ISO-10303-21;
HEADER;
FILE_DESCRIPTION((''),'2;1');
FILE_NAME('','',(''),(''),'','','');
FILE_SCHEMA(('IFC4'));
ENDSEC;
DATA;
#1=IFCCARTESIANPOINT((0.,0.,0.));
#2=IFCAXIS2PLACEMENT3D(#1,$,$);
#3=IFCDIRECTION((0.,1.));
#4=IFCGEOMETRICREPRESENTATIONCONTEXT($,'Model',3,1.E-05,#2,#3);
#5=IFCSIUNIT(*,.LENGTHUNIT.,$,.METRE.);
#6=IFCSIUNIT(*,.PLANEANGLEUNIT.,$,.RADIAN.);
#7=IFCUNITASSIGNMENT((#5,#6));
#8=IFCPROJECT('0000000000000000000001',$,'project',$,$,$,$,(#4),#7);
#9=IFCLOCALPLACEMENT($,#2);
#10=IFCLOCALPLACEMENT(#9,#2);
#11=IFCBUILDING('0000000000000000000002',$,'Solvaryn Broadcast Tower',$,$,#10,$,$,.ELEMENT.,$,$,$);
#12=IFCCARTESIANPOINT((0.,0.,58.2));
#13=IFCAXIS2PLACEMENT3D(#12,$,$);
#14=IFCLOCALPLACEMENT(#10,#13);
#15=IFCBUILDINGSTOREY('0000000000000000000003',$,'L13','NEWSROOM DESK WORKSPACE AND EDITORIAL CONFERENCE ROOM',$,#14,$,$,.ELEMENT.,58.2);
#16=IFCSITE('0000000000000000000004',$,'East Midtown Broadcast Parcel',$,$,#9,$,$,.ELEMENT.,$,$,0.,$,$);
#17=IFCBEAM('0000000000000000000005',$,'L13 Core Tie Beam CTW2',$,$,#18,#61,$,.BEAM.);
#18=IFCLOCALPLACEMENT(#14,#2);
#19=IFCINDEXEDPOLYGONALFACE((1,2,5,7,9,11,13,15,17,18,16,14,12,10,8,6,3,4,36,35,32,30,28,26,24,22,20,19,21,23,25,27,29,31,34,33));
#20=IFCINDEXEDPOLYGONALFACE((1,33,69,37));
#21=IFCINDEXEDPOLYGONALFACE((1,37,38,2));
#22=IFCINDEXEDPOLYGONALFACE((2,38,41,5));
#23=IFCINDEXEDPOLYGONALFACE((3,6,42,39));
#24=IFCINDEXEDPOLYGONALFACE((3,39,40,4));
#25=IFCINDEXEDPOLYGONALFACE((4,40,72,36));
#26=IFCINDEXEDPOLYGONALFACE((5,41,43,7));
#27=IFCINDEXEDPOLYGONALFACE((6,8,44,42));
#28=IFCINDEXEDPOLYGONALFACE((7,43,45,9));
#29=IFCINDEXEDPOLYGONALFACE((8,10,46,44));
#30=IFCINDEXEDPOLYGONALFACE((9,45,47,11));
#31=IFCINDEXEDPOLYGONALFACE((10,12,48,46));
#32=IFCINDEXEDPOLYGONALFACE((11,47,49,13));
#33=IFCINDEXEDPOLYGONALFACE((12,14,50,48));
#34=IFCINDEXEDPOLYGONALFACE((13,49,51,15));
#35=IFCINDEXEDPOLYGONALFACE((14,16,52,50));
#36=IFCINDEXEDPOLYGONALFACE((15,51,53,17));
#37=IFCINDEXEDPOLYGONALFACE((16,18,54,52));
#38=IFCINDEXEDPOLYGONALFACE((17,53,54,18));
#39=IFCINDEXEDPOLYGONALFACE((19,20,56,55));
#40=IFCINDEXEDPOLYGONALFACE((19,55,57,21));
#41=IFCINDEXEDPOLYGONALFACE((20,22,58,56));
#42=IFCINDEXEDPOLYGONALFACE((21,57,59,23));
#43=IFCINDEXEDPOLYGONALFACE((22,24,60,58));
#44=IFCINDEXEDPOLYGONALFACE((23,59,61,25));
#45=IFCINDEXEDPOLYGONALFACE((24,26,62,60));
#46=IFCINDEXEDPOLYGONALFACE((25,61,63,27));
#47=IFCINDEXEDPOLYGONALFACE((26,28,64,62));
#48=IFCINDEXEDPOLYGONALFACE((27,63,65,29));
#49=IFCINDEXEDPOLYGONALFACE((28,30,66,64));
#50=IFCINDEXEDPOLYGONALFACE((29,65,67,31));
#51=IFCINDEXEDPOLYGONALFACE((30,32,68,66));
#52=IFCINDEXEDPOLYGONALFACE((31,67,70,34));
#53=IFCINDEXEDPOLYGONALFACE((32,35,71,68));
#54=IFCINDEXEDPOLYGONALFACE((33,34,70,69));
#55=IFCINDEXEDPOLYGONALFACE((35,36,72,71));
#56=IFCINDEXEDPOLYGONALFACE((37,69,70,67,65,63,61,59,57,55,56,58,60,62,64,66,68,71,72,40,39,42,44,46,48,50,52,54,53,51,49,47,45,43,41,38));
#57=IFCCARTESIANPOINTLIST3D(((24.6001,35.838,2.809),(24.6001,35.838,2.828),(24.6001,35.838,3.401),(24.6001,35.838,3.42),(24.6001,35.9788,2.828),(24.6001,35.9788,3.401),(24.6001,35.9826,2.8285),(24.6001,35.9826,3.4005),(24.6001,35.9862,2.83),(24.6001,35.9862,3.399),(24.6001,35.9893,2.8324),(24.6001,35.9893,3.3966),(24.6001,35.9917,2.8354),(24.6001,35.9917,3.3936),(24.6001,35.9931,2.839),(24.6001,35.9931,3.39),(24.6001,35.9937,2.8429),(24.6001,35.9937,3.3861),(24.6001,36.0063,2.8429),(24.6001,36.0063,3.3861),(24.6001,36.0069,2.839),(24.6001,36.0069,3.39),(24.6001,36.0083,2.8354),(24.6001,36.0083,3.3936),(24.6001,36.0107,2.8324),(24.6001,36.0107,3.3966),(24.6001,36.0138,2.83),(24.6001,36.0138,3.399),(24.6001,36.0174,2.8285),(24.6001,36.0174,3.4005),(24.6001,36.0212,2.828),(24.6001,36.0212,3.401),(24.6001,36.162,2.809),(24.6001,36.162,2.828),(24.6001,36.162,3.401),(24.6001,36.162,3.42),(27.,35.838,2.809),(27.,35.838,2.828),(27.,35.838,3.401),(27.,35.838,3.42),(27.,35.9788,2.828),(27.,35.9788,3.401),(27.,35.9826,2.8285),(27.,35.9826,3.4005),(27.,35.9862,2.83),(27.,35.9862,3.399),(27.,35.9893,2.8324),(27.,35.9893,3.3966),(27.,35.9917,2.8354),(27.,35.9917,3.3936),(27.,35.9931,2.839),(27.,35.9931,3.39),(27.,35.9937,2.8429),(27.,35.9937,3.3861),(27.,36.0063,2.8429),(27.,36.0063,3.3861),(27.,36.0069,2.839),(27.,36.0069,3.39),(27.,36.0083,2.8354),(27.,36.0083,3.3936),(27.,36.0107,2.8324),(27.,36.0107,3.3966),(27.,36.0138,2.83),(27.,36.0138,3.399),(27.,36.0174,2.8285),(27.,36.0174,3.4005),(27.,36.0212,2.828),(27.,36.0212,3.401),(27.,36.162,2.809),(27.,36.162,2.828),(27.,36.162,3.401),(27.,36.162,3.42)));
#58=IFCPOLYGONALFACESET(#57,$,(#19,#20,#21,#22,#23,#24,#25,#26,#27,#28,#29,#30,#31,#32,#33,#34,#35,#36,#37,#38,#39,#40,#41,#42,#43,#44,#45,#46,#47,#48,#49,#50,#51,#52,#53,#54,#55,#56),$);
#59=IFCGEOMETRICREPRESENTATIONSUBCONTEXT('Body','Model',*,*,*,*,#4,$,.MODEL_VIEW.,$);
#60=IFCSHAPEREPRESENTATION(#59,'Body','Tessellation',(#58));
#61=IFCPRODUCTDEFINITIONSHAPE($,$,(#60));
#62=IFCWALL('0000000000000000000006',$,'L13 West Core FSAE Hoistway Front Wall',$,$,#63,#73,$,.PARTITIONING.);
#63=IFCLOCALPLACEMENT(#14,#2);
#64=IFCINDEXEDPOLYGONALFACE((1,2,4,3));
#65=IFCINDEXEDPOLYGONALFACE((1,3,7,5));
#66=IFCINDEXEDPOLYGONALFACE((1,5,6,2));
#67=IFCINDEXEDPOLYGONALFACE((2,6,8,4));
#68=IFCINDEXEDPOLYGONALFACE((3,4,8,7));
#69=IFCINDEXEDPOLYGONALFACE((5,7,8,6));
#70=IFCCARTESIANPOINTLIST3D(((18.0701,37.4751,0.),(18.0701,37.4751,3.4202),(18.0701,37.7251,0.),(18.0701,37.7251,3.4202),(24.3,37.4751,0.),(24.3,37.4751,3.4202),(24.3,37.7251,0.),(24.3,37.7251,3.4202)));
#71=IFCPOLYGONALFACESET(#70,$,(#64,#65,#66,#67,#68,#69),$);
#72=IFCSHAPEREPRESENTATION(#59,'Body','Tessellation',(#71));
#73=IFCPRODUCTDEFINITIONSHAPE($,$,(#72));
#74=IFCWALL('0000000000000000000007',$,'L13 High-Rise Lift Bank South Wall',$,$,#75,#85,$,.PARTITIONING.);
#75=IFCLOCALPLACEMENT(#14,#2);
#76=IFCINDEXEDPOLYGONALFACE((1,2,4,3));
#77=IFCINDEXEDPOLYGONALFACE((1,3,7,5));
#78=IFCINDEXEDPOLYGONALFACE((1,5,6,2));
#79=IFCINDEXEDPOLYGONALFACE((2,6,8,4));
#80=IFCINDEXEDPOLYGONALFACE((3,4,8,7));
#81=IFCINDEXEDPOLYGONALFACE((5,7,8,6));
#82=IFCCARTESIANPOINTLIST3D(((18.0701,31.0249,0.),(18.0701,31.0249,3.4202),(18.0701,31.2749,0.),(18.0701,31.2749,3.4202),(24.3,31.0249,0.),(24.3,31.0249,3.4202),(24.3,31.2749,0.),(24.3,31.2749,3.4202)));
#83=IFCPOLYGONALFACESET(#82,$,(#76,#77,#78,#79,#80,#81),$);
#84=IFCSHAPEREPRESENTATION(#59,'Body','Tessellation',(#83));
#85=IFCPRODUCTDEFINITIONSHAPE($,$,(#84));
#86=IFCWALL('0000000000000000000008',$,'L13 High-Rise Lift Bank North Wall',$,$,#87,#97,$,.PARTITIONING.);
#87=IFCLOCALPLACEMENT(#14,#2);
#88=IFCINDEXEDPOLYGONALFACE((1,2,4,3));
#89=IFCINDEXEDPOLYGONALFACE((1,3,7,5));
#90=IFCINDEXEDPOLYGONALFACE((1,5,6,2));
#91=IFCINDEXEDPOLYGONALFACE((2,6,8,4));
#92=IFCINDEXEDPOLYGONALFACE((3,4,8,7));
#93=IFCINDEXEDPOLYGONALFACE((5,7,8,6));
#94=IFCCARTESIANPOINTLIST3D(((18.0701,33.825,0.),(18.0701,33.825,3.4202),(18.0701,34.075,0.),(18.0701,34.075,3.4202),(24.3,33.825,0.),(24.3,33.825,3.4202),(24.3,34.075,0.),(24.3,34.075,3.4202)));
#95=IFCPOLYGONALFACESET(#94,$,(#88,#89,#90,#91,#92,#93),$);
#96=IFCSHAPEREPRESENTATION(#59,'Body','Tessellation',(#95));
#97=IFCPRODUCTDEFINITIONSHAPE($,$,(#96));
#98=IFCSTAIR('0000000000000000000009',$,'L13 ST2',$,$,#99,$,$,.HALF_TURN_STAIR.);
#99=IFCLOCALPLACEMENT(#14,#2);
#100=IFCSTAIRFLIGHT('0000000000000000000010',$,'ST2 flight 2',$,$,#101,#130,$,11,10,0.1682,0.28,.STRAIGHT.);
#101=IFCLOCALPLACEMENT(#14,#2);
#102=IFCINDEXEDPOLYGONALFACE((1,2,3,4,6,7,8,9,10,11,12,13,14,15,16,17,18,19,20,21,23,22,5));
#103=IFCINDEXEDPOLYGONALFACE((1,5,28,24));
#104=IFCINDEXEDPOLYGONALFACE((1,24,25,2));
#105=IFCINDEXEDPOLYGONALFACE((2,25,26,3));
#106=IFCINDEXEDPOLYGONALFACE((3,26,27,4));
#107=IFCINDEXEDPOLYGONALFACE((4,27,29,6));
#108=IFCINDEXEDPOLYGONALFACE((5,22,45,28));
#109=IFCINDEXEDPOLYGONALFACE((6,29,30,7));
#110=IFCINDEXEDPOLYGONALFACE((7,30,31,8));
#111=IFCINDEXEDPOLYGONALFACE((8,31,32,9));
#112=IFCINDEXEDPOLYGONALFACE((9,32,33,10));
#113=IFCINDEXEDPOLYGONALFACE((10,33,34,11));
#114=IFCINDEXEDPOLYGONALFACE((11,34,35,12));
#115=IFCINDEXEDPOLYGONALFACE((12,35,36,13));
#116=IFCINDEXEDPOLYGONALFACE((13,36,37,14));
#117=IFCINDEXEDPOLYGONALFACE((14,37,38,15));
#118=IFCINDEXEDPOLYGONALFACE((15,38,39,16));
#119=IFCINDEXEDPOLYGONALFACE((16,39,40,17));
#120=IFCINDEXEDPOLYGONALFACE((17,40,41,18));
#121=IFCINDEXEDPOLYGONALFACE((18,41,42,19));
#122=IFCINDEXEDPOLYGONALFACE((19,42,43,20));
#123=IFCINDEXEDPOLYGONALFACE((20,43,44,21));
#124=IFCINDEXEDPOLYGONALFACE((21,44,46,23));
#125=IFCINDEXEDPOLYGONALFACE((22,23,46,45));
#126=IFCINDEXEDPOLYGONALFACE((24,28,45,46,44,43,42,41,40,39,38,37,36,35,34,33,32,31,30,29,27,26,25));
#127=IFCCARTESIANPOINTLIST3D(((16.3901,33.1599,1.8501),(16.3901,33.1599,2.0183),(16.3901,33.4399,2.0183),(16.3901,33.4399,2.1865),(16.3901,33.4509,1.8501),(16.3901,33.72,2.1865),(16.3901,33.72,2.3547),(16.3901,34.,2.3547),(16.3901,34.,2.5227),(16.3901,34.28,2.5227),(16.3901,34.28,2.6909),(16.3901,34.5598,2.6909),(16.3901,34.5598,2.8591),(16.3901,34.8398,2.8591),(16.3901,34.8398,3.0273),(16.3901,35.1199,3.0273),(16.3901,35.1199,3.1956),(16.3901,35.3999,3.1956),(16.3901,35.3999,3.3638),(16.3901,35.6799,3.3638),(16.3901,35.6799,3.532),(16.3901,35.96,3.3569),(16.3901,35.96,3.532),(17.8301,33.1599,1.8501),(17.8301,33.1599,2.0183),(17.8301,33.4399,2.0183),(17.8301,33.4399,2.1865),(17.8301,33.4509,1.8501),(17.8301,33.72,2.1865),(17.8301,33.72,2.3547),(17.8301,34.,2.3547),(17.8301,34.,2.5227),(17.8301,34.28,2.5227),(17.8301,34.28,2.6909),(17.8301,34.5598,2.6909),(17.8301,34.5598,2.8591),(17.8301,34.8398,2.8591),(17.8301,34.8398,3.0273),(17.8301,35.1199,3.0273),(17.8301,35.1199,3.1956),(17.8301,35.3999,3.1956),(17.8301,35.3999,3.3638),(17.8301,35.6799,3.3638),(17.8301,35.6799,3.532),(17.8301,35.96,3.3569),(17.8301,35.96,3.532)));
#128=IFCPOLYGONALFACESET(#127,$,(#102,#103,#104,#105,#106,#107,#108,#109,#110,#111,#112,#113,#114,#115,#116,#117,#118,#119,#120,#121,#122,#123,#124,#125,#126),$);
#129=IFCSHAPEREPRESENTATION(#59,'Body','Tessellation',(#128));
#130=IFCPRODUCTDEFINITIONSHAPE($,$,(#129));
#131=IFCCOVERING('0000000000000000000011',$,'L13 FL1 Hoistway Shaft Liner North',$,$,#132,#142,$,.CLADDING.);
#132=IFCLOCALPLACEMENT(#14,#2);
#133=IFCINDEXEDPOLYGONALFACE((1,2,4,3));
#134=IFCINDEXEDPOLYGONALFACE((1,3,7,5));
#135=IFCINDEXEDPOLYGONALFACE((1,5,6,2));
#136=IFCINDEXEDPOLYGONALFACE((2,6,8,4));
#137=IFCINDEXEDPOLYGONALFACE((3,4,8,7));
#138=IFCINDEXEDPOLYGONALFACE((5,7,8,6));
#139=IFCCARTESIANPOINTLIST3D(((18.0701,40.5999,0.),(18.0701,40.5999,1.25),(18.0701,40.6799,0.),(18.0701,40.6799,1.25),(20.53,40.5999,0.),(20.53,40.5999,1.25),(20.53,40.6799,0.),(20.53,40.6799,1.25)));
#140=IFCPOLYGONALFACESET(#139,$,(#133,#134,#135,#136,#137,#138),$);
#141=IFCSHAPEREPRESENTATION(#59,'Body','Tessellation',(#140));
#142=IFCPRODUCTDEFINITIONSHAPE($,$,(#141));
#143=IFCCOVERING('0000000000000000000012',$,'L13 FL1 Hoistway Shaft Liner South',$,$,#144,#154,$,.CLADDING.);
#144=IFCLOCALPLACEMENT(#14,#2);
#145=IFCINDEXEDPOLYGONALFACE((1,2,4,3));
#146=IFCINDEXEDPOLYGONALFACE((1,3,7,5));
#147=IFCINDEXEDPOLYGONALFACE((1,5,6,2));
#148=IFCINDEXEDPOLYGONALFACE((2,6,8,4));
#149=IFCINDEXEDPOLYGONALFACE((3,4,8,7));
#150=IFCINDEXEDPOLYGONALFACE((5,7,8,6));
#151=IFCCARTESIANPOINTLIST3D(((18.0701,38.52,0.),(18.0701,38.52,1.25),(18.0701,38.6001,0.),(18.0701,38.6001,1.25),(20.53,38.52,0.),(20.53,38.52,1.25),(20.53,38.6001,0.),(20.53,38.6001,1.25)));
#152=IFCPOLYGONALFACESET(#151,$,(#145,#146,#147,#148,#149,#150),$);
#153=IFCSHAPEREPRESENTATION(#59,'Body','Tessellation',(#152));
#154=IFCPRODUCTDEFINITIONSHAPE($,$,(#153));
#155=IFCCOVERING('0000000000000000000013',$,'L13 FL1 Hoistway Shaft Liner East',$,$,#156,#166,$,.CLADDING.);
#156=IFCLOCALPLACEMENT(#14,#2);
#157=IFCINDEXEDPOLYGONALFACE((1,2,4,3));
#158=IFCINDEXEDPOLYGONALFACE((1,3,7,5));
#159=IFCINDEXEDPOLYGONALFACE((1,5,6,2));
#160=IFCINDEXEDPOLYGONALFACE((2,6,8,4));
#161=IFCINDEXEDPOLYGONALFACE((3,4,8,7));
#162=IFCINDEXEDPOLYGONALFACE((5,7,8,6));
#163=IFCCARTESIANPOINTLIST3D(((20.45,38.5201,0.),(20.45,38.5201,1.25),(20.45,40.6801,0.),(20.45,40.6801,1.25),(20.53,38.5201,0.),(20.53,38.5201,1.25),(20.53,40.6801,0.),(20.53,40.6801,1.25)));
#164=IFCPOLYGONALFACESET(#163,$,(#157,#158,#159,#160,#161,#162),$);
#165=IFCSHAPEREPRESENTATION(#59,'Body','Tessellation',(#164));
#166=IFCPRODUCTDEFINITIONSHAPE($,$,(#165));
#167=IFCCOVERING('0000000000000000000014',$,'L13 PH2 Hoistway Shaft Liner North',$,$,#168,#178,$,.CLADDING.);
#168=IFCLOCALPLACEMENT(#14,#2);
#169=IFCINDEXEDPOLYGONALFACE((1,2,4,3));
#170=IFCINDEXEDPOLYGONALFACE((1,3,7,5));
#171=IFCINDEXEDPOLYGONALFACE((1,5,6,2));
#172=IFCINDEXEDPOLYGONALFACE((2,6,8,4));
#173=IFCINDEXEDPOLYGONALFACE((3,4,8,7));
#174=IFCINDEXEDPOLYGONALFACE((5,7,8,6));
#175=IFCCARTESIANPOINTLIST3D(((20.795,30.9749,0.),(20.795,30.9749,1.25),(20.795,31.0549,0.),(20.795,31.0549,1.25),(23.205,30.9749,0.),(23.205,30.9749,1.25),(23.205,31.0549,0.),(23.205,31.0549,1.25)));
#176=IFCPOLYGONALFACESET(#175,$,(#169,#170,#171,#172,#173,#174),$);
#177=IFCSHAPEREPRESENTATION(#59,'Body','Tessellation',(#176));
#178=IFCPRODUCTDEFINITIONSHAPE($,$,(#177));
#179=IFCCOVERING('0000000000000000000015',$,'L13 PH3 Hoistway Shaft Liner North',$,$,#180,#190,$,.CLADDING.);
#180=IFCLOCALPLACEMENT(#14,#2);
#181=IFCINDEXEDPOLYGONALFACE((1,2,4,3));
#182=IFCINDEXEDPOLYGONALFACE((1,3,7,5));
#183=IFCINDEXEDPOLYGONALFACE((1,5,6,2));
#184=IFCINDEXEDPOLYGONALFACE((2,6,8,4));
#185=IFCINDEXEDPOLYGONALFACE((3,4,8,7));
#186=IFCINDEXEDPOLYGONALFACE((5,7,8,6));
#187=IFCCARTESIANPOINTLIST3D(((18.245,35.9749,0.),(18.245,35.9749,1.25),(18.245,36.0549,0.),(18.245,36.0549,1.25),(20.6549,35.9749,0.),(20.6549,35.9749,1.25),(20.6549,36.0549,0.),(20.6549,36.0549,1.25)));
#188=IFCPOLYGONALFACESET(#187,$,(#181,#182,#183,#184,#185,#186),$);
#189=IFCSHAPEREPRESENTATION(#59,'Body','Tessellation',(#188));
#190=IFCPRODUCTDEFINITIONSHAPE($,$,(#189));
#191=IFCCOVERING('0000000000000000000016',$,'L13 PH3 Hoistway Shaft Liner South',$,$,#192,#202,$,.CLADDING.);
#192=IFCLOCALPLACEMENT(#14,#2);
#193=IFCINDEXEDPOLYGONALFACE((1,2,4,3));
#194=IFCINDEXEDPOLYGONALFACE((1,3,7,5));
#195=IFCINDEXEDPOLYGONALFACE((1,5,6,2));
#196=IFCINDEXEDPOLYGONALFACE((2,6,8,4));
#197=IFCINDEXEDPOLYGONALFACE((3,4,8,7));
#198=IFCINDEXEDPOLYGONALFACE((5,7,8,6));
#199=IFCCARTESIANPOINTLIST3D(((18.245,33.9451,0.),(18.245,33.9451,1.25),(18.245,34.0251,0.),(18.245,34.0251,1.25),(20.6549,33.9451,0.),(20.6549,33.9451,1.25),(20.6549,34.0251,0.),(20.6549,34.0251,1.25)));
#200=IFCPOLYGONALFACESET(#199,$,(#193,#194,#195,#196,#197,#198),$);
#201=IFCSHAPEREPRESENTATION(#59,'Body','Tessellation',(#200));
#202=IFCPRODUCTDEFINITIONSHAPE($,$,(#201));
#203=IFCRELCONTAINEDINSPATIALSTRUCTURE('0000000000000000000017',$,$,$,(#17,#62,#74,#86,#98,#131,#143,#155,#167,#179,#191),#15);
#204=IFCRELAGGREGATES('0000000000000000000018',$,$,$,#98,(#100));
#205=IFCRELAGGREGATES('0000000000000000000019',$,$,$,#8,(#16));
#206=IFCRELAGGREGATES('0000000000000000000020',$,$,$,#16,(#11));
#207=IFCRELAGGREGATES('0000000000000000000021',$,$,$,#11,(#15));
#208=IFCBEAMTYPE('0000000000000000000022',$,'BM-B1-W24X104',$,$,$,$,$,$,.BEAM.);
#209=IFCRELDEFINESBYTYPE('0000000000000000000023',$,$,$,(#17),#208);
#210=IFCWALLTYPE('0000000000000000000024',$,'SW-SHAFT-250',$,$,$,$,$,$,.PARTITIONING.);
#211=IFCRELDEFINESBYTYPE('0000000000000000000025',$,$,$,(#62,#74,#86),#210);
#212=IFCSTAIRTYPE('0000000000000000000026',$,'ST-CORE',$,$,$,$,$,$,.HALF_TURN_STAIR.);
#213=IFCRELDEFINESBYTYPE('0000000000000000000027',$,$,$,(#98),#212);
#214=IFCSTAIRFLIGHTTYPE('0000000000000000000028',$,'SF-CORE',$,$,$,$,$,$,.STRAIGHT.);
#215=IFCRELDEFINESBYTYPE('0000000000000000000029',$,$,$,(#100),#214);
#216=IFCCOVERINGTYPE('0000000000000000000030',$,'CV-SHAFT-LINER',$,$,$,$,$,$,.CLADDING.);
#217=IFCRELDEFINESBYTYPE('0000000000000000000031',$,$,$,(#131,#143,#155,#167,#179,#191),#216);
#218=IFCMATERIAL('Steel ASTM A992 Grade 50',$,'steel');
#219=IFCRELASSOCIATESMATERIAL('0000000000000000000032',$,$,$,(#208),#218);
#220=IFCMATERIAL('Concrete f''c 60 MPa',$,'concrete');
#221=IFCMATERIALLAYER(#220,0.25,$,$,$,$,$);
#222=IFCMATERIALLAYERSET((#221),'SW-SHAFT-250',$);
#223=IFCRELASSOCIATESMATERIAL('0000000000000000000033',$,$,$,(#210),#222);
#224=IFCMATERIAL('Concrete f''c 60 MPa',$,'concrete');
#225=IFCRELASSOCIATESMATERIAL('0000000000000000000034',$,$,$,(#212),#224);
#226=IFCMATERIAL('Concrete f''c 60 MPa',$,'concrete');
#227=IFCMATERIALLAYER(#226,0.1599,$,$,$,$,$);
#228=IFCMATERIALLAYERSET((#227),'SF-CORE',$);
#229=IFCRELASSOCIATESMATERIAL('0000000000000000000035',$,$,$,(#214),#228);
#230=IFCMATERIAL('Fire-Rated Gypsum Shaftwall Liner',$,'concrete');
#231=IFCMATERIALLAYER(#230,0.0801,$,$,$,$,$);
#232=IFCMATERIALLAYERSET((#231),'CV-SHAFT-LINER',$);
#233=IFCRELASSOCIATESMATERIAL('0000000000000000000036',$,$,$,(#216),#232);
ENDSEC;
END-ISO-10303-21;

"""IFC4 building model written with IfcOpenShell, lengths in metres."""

from ifc_helpers import new_model, si_unit, direction, frame, frame_2d, origin, origin_2d, place, context, subcontext, project, spatial, polyline, rectangle, i_section, outline, extrude, material, layer, layer_set, material_profile, profile_set, type_object, element, aggregate, save


model = new_model("IFC4")

# Units and contexts
model_context = context("Model", 3, precision=1e-05, world=origin(), true_north=direction((0.0, 1.0)))
body_context = subcontext(model_context, "Body", "Model", "MODEL_VIEW")
ifc_project = project(units=[si_unit("LENGTHUNIT", "METRE"), si_unit("PLANEANGLEUNIT", "RADIAN")], contexts=[model_context])

# Site, building, storey
site_placement = place(None, origin())
site = spatial("IfcSite", under=ifc_project, at=site_placement, Name="East Midtown Broadcast Parcel", CompositionType="ELEMENT", RefElevation=0.0)
building_placement = place(site_placement, origin())
building = spatial("IfcBuilding", under=site, at=building_placement, Name="Solvaryn Broadcast Tower", CompositionType="ELEMENT")
storey_placement = place(building_placement, frame((0.0, 0.0, 58.2)))
storey = spatial("IfcBuildingStorey", under=building, at=storey_placement, Name="L13", Description="NEWSROOM DESK WORKSPACE AND EDITORIAL CONFERENCE ROOM", CompositionType="ELEMENT", Elevation=58.2)

# Beam
ifc_material_1 = material(Name="Steel ASTM A992 Grade 50", Category="steel")
ifc_material_profile = material_profile(ifc_material_1, i_section(OverallWidth=0.324, OverallDepth=0.6111, WebThickness=0.0127, FlangeThickness=0.019, FilletRadius=0.0149, at=origin_2d()))
ifc_profile_set = profile_set([ifc_material_profile], Name="Steel ASTM A992 Grade 50")
beam_type = type_object("IfcBeamType", Name="BM-B1-W24X104", PredefinedType="BEAM", material=ifc_profile_set)
beam_placement = place(storey_placement, frame((24.6001, 36.0, 3.1145), z_axis=(1.0, 0.0, 0.0), x_axis=(0.0, 1.0, 0.0)))
element("IfcBeam", 1, at=beam_placement, inside=storey, type_object=beam_type, Name="L13 Core Tie Beam CTW2", PredefinedType="BEAM", context=body_context, shape_type="SweptSolid", body=[
    extrude(i_section(OverallWidth=0.324, OverallDepth=0.6111, WebThickness=0.0127, FlangeThickness=0.019, FilletRadius=0.0149, at=origin_2d()), origin(), (0.0, 0.0, 1.0), 2.3999),
])

# Walls
ifc_material_2 = material(Name="Concrete f'c 60 MPa", Category="concrete")
ifc_layer_1 = layer(ifc_material_2, 0.25)
ifc_layer_set_1 = layer_set([ifc_layer_1], Name="SW-SHAFT-250")
wall_type_1 = type_object("IfcWallType", Name="SW-SHAFT-250", PredefinedType="PARTITIONING", material=ifc_layer_set_1)
for number, where, z_axis, x_axis, name in (
    (2, (18.0701, 37.6001, 0.0), (0.0, 0.0, 1.0), (1.0, 0.0, 0.0), "L13 West Core FSAE Hoistway Front Wall"),
    (3, (18.0701, 31.1499, 0.0), (0.0, 0.0, 1.0), (1.0, 0.0, 0.0), "L13 High-Rise Lift Bank South Wall"),
    (4, (24.3, 33.95, 0.0), (0.0, 0.0, 1.0), (-1.0, 0.0, 0.0), "L13 High-Rise Lift Bank North Wall"),
):
    element("IfcWall", number, at=place(storey_placement, frame(where, z_axis=z_axis, x_axis=x_axis)), inside=storey, type_object=wall_type_1, Name=name, PredefinedType="PARTITIONING", context=body_context, shape_type="SweptSolid", body=[
        extrude(rectangle(XDim=6.23, YDim=0.25, at=frame_2d((3.115, 0.0))), origin(), (0.0, 0.0, 1.0), 3.4202),
    ])

# Stair, stair flight
ifc_material_3 = material(Name="Concrete f'c 60 MPa", Category="concrete")
stair_type = type_object("IfcStairType", Name="ST-CORE", PredefinedType="HALF_TURN_STAIR", material=ifc_material_3)
stair_placement = place(storey_placement, origin())
stair = element("IfcStair", 5, at=stair_placement, inside=storey, type_object=stair_type, Name="L13 ST2", PredefinedType="HALF_TURN_STAIR")
ifc_material_4 = material(Name="Concrete f'c 60 MPa", Category="concrete")
ifc_layer_2 = layer(ifc_material_4, 0.1599)
ifc_layer_set_2 = layer_set([ifc_layer_2], Name="SF-CORE")
stair_flight_type = type_object("IfcStairFlightType", Name="SF-CORE", PredefinedType="STRAIGHT", material=ifc_layer_set_2)
stair_flight_placement = place(storey_placement, frame((17.1101, 33.1599, 1.8501), z_axis=(0.0, 0.0, 1.0), x_axis=(0.0, 1.0, 0.0)))
stair_flight = element("IfcStairFlight", 6, at=stair_flight_placement, type_object=stair_flight_type, Name="ST2 flight 2", NumberOfRisers=11, NumberOfTreads=10, PredefinedType="STRAIGHT", RiserHeight=0.1682, TreadLength=0.28, context=body_context, shape_type="SweptSolid", body=[
    extrude(outline(polyline([(0.0, 0.0), (0.0, 0.1682), (0.28, 0.1682), (0.28, 0.3364), (0.5601, 0.3364), (0.5601, 0.5046), (0.8401, 0.5046), (0.8401, 0.6726), (1.1201, 0.6726), (1.1201, 0.8408), (1.3999, 0.8408), (1.3999, 1.009), (1.6799, 1.009), (1.6799, 1.1772), (1.96, 1.1772), (1.96, 1.3455), (2.24, 1.3455), (2.24, 1.5137), (2.52, 1.5137), (2.52, 1.6819), (2.8, 1.6819), (2.8, 1.8501), (2.8, 1.5068), (0.291, 0.0), (0.0, 0.0)])), frame((0.0, 0.72, 0.0), z_axis=(0.0, -1.0, 0.0), x_axis=(1.0, 0.0, 0.0)), (0.0, 0.0, 1.0), 1.4399),
])
aggregate(stair, [stair_flight])

# Coverings
ifc_material_5 = material(Name="Fire-Rated Gypsum Shaftwall Liner", Category="concrete")
ifc_layer_3 = layer(ifc_material_5, 0.0801)
ifc_layer_set_3 = layer_set([ifc_layer_3], Name="CV-SHAFT-LINER")
covering_type = type_object("IfcCoveringType", Name="CV-SHAFT-LINER", PredefinedType="CLADDING", material=ifc_layer_set_3)
for number, where, z_axis, x_axis, name in (
    (7, (19.3, 40.6399, 0.0), (0.0, 0.0, 1.0), (1.0, 0.0, 0.0), "L13 FL1 Hoistway Shaft Liner North"),
    (8, (19.3, 38.5601, 0.0), (0.0, 0.0, 1.0), (1.0, 0.0, 0.0), "L13 FL1 Hoistway Shaft Liner South"),
):
    element("IfcCovering", number, at=place(storey_placement, frame(where, z_axis=z_axis, x_axis=x_axis)), inside=storey, type_object=covering_type, Name=name, PredefinedType="CLADDING", context=body_context, shape_type="SweptSolid", body=[
        extrude(rectangle(XDim=2.46, YDim=0.0801, at=origin_2d()), origin(), (0.0, 0.0, 1.0), 1.25),
    ])
covering_placement = place(storey_placement, frame((20.49, 39.6001, 0.0), z_axis=(0.0, 0.0, 1.0), x_axis=(1.0, 0.0, 0.0)))
element("IfcCovering", 9, at=covering_placement, inside=storey, type_object=covering_type, Name="L13 FL1 Hoistway Shaft Liner East", PredefinedType="CLADDING", context=body_context, shape_type="SweptSolid", body=[
    extrude(rectangle(XDim=0.0801, YDim=2.1599, at=origin_2d()), origin(), (0.0, 0.0, 1.0), 1.25),
])
for number, where, z_axis, x_axis, name in (
    (10, (22.0, 31.0149, 0.0), (0.0, 0.0, 1.0), (1.0, 0.0, 0.0), "L13 PH2 Hoistway Shaft Liner North"),
    (11, (19.45, 36.0149, 0.0), (0.0, 0.0, 1.0), (1.0, 0.0, 0.0), "L13 PH3 Hoistway Shaft Liner North"),
    (12, (19.45, 33.9851, 0.0), (0.0, 0.0, 1.0), (1.0, 0.0, 0.0), "L13 PH3 Hoistway Shaft Liner South"),
):
    element("IfcCovering", number, at=place(storey_placement, frame(where, z_axis=z_axis, x_axis=x_axis)), inside=storey, type_object=covering_type, Name=name, PredefinedType="CLADDING", context=body_context, shape_type="SweptSolid", body=[
        extrude(rectangle(XDim=2.4099, YDim=0.0801, at=origin_2d()), origin(), (0.0, 0.0, 1.0), 1.25),
    ])

save(model, "model.ifc")
